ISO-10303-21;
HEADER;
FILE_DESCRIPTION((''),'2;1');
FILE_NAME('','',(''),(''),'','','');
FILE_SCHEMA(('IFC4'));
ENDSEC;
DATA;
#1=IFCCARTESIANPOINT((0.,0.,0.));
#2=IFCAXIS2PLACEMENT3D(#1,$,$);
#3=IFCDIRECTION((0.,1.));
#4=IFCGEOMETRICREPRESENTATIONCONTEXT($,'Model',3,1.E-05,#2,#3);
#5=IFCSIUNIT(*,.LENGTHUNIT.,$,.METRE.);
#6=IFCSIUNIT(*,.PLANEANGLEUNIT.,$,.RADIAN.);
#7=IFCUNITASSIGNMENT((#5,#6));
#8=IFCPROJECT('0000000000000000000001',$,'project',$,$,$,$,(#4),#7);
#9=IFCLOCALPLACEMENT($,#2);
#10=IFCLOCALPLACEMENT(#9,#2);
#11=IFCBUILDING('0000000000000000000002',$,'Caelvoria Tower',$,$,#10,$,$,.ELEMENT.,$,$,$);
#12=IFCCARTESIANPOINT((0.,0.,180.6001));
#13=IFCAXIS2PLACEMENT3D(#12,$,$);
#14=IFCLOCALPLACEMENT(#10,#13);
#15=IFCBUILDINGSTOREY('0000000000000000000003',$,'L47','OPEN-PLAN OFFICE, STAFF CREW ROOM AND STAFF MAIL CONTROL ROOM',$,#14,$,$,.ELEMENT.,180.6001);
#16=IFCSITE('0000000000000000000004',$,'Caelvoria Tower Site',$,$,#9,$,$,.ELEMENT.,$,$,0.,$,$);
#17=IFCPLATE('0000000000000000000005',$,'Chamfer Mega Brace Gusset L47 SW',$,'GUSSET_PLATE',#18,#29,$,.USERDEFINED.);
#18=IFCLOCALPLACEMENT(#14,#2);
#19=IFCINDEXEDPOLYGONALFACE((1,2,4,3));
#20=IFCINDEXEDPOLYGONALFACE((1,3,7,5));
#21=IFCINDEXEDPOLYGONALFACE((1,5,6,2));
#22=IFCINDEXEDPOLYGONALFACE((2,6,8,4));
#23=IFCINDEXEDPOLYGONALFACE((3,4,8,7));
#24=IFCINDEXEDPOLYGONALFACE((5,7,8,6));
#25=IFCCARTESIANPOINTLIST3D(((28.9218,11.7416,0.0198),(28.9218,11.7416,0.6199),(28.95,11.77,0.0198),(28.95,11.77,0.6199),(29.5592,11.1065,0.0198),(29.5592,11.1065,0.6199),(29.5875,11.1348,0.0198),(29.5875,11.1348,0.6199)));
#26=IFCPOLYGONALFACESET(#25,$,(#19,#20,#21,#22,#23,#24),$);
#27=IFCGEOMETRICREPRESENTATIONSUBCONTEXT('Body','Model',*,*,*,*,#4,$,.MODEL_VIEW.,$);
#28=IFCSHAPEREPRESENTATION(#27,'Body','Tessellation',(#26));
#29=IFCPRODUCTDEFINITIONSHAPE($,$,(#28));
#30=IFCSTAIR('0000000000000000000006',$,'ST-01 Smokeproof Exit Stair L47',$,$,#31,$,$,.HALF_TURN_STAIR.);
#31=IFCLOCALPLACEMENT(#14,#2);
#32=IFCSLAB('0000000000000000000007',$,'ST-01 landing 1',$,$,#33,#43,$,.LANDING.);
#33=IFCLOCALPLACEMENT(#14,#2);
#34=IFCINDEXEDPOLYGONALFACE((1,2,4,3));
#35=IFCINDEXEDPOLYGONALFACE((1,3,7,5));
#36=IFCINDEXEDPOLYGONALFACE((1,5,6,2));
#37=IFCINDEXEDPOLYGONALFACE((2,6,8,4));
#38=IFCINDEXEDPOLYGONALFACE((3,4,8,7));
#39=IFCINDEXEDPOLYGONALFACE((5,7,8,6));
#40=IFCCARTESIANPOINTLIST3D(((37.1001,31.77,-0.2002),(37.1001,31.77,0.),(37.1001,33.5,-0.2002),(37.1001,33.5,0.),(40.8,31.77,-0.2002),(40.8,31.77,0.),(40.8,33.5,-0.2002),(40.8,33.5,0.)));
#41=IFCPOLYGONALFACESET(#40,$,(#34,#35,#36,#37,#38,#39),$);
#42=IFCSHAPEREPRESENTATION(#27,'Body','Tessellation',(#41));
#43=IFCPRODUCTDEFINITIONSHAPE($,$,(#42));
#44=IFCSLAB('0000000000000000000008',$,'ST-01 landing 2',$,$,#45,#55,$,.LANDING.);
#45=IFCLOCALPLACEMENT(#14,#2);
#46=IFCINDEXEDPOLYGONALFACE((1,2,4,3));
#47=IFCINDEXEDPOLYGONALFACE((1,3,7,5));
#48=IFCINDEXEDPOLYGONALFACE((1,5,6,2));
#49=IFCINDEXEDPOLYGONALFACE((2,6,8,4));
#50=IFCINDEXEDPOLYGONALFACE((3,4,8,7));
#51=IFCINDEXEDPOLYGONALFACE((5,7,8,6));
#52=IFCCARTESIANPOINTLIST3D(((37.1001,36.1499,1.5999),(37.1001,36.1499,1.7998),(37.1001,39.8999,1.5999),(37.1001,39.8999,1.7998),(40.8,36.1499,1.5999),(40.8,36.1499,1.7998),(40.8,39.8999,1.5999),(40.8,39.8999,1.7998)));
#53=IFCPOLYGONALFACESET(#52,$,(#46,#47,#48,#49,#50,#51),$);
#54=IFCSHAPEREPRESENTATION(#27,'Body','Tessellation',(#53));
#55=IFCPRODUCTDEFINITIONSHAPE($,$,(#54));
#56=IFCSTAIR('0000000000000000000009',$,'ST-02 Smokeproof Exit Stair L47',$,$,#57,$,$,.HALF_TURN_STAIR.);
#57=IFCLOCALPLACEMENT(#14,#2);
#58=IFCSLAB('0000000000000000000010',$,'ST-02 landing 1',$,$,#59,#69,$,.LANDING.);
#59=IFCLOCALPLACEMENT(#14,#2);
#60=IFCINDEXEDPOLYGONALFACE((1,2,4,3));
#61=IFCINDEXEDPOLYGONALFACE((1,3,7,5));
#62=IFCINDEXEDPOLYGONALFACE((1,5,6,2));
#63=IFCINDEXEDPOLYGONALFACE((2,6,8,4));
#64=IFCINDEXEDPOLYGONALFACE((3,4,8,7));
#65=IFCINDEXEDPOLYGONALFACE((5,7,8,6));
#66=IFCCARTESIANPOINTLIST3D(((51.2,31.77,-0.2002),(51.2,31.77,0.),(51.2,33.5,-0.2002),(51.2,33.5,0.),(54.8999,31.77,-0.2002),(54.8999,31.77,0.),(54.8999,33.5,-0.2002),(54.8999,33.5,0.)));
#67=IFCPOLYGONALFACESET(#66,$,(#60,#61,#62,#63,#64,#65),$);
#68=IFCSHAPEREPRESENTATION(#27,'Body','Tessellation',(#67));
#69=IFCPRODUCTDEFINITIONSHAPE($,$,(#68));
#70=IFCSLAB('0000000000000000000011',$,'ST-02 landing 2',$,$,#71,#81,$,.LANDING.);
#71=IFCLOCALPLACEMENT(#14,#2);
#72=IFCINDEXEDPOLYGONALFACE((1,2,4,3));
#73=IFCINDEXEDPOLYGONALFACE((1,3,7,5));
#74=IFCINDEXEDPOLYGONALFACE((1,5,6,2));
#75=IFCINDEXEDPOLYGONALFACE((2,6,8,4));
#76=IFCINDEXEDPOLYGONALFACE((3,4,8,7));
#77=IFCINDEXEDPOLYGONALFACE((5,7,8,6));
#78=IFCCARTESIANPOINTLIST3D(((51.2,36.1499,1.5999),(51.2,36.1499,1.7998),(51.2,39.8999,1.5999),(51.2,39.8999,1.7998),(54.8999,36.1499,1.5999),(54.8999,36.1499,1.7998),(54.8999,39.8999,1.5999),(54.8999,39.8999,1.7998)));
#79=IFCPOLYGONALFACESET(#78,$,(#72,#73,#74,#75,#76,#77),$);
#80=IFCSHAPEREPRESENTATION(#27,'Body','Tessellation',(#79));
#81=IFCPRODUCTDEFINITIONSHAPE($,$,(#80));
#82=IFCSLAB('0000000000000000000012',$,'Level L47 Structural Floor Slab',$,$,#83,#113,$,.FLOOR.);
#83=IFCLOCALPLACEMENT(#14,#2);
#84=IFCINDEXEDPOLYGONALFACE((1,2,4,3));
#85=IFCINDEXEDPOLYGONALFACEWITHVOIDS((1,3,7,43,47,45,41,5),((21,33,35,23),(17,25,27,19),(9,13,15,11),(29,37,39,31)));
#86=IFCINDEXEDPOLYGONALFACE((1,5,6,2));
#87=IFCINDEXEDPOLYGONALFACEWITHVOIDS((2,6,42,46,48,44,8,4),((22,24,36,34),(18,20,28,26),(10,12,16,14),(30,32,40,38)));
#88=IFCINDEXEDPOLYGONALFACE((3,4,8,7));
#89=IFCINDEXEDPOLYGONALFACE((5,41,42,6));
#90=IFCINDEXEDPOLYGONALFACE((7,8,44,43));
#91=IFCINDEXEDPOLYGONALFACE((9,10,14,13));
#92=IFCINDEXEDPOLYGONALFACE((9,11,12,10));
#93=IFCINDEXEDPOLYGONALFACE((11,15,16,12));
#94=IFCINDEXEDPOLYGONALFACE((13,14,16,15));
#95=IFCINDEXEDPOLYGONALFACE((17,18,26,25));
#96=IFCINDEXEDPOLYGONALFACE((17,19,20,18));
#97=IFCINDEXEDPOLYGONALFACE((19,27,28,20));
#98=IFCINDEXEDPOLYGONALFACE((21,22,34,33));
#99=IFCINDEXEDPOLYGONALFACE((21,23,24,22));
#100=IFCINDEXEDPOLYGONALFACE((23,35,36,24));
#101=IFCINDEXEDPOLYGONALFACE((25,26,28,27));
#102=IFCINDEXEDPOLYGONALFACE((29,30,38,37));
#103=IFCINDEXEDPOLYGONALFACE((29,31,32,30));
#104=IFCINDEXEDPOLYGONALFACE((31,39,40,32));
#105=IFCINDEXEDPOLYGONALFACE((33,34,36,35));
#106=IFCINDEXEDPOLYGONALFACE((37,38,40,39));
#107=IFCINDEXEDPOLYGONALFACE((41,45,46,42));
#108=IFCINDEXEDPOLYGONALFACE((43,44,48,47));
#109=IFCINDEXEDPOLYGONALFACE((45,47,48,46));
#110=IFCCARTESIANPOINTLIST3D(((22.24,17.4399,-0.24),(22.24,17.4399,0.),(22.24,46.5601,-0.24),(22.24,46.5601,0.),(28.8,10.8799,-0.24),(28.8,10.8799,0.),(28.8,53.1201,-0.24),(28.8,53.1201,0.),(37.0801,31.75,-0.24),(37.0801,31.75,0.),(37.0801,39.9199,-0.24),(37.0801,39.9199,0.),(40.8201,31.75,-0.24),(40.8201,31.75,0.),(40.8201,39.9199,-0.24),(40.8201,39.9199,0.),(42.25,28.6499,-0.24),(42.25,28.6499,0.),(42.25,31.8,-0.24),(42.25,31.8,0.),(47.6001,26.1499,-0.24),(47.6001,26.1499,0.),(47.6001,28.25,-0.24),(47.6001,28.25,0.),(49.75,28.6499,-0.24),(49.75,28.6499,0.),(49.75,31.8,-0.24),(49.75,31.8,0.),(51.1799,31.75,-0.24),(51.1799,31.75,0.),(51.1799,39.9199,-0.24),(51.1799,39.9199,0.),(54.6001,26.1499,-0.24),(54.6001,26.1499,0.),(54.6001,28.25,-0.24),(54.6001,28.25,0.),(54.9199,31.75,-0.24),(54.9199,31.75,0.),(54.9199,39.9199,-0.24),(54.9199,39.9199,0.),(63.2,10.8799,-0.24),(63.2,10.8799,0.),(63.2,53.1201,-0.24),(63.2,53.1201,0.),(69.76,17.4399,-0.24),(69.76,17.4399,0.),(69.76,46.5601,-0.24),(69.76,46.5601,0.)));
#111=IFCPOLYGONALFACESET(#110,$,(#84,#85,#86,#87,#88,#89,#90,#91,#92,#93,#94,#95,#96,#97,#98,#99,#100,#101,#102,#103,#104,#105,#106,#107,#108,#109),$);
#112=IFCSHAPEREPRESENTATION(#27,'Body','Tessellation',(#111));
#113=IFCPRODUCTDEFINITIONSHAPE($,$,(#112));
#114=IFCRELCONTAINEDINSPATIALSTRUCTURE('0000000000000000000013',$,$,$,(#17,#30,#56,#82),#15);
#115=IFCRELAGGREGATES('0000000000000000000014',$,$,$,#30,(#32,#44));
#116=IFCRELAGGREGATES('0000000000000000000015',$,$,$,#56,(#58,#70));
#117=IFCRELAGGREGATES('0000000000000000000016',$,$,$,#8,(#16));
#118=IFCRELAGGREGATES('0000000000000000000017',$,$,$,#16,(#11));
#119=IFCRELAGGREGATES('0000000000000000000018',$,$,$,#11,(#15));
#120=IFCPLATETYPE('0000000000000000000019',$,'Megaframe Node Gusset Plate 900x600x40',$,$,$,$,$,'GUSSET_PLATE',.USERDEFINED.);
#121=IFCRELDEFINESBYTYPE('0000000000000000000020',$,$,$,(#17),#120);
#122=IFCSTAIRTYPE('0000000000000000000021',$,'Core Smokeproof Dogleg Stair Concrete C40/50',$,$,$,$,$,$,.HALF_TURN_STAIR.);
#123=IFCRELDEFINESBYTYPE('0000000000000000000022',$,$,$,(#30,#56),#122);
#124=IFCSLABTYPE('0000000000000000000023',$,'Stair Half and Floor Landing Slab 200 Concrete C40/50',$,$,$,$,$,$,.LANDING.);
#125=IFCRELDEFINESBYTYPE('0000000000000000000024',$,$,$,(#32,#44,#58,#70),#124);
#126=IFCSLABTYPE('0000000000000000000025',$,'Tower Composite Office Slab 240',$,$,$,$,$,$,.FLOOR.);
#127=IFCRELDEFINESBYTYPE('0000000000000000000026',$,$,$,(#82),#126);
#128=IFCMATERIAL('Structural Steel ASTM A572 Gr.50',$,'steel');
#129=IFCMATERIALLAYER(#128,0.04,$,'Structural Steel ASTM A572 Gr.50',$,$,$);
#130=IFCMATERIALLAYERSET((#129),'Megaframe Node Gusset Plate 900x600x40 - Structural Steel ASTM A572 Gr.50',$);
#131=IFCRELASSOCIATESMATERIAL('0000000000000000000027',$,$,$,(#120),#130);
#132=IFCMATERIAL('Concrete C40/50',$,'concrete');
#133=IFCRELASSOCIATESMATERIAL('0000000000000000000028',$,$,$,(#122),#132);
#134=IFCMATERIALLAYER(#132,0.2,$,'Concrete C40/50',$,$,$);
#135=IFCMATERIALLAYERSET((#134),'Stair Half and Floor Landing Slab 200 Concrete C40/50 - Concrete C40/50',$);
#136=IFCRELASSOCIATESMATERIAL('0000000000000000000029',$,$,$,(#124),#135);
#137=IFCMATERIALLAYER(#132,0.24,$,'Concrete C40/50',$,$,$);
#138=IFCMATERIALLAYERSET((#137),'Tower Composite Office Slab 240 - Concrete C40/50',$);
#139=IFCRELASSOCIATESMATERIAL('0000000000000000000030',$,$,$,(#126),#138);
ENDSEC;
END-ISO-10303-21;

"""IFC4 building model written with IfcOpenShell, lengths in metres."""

from ifc_helpers import new_model, si_unit, direction, frame, origin, origin_2d, place, context, subcontext, project, spatial, polyline, rectangle, outline, extrude, material, layer, layer_set, type_object, element, aggregate, save


model = new_model("IFC4")

# Units and contexts
model_context = context("Model", 3, precision=1e-05, world=origin(), true_north=direction((0.0, 1.0)))
body_context = subcontext(model_context, "Body", "Model", "MODEL_VIEW")
ifc_project = project(units=[si_unit("LENGTHUNIT", "METRE"), si_unit("PLANEANGLEUNIT", "RADIAN")], contexts=[model_context])

# Site, building, storey
site_placement = place(None, origin())
site = spatial("IfcSite", under=ifc_project, at=site_placement, Name="Caelvoria Tower Site", CompositionType="ELEMENT", RefElevation=0.0)
building_placement = place(site_placement, origin())
building = spatial("IfcBuilding", under=site, at=building_placement, Name="Caelvoria Tower", CompositionType="ELEMENT")
storey_placement = place(building_placement, frame((0.0, 0.0, 180.6001)))
storey = spatial("IfcBuildingStorey", under=building, at=storey_placement, Name="L47", Description="OPEN-PLAN OFFICE, STAFF CREW ROOM AND STAFF MAIL CONTROL ROOM", CompositionType="ELEMENT", Elevation=180.6001)

# Shared definitions
ifc_material_1 = material(Name="Structural Steel ASTM A572 Gr.50", Category="steel")

# Plate
ifc_layer_1 = layer(ifc_material_1, 0.04, Name="Structural Steel ASTM A572 Gr.50")
ifc_layer_set_1 = layer_set([ifc_layer_1], Name="Megaframe Node Gusset Plate 900x600x40 - Structural Steel ASTM A572 Gr.50")
plate_type = type_object("IfcPlateType", Name="Megaframe Node Gusset Plate 900x600x40", ElementType="GUSSET_PLATE", PredefinedType="USERDEFINED", material=ifc_layer_set_1)
plate_placement = place(storey_placement, frame((29.2546, 11.4382, 0.0198), z_axis=(0.0, 0.0, 1.0), x_axis=(-0.708373, 0.705838, 0.0)))
element("IfcPlate", 1, at=plate_placement, inside=storey, type_object=plate_type, Name="Chamfer Mega Brace Gusset L47 SW", ObjectType="GUSSET_PLATE", PredefinedType="USERDEFINED", context=body_context, shape_type="SweptSolid", body=[
    extrude(rectangle(XDim=0.8999, YDim=0.04, at=origin_2d()), origin(), (0.0, 0.0, 1.0), 0.6001),
])

# Stairs, slabs
ifc_material_2 = material(Name="Concrete C40/50", Category="concrete")
stair_type = type_object("IfcStairType", Name="Core Smokeproof Dogleg Stair Concrete C40/50", PredefinedType="HALF_TURN_STAIR", material=ifc_material_2)
stair_1_placement = place(storey_placement, origin())
stair_1 = element("IfcStair", 2, at=stair_1_placement, inside=storey, type_object=stair_type, Name="ST-01 Smokeproof Exit Stair L47", PredefinedType="HALF_TURN_STAIR")
ifc_layer_2 = layer(ifc_material_2, 0.2, Name="Concrete C40/50")
ifc_layer_set_2 = layer_set([ifc_layer_2], Name="Stair Half and Floor Landing Slab 200 Concrete C40/50 - Concrete C40/50")
slab_type_1 = type_object("IfcSlabType", Name="Stair Half and Floor Landing Slab 200 Concrete C40/50", PredefinedType="LANDING", material=ifc_layer_set_2)
slab_1_placement = place(storey_placement, frame((0.0, 0.0, -0.2002)))
slab_1 = element("IfcSlab", 3, at=slab_1_placement, type_object=slab_type_1, Name="ST-01 landing 1", PredefinedType="LANDING", context=body_context, shape_type="SweptSolid", body=[
    extrude(outline(polyline([(37.1001, 31.77), (40.8, 31.77), (40.8, 33.5), (37.1001, 33.5), (37.1001, 31.77)])), origin(), (0.0, 0.0, 1.0), 0.2002),
])
slab_2_placement = place(storey_placement, frame((0.0, 0.0, 1.5999)))
slab_2 = element("IfcSlab", 4, at=slab_2_placement, type_object=slab_type_1, Name="ST-01 landing 2", PredefinedType="LANDING", context=body_context, shape_type="SweptSolid", body=[
    extrude(outline(polyline([(37.1001, 36.1499), (40.8, 36.1499), (40.8, 39.8999), (37.1001, 39.8999), (37.1001, 36.1499)])), origin(), (0.0, 0.0, 1.0), 0.2),
])
aggregate(stair_1, [slab_1, slab_2])
stair_2_placement = place(storey_placement, origin())
stair_2 = element("IfcStair", 5, at=stair_2_placement, inside=storey, type_object=stair_type, Name="ST-02 Smokeproof Exit Stair L47", PredefinedType="HALF_TURN_STAIR")
slab_3_placement = place(storey_placement, frame((0.0, 0.0, -0.2002)))
slab_3 = element("IfcSlab", 6, at=slab_3_placement, type_object=slab_type_1, Name="ST-02 landing 1", PredefinedType="LANDING", context=body_context, shape_type="SweptSolid", body=[
    extrude(outline(polyline([(51.2, 31.77), (54.8999, 31.77), (54.8999, 33.5), (51.2, 33.5), (51.2, 31.77)])), origin(), (0.0, 0.0, 1.0), 0.2002),
])
slab_4_placement = place(storey_placement, frame((0.0, 0.0, 1.5999)))
slab_4 = element("IfcSlab", 7, at=slab_4_placement, type_object=slab_type_1, Name="ST-02 landing 2", PredefinedType="LANDING", context=body_context, shape_type="SweptSolid", body=[
    extrude(outline(polyline([(51.2, 36.1499), (54.8999, 36.1499), (54.8999, 39.8999), (51.2, 39.8999), (51.2, 36.1499)])), origin(), (0.0, 0.0, 1.0), 0.2),
])
aggregate(stair_2, [slab_3, slab_4])

# Slab
ifc_layer_3 = layer(ifc_material_2, 0.24, Name="Concrete C40/50")
ifc_layer_set_3 = layer_set([ifc_layer_3], Name="Tower Composite Office Slab 240 - Concrete C40/50")
slab_type_2 = type_object("IfcSlabType", Name="Tower Composite Office Slab 240", PredefinedType="FLOOR", material=ifc_layer_set_3)
slab_5_placement = place(storey_placement, frame((0.0, 0.0, -0.24)))
element("IfcSlab", 8, at=slab_5_placement, inside=storey, type_object=slab_type_2, Name="Level L47 Structural Floor Slab", PredefinedType="FLOOR", context=body_context, shape_type="SweptSolid", body=[
    extrude(outline(polyline([(28.8, 10.8799), (63.2, 10.8799), (69.76, 17.4399), (69.76, 46.5601), (63.2, 53.1201), (28.8, 53.1201), (22.24, 46.5601), (22.24, 17.4399), (28.8, 10.8799)]), holes=[polyline([(37.0801, 31.75), (40.8201, 31.75), (40.8201, 39.9199), (37.0801, 39.9199), (37.0801, 31.75)]), polyline([(51.1799, 31.75), (54.9199, 31.75), (54.9199, 39.9199), (51.1799, 39.9199), (51.1799, 31.75)]), polyline([(42.25, 28.6499), (49.75, 28.6499), (49.75, 31.8), (42.25, 31.8), (42.25, 28.6499)]), polyline([(47.6001, 26.1499), (54.6001, 26.1499), (54.6001, 28.25), (47.6001, 28.25), (47.6001, 26.1499)])]), origin(), (0.0, 0.0, 1.0), 0.24),
])

save(model, "model.ifc")
